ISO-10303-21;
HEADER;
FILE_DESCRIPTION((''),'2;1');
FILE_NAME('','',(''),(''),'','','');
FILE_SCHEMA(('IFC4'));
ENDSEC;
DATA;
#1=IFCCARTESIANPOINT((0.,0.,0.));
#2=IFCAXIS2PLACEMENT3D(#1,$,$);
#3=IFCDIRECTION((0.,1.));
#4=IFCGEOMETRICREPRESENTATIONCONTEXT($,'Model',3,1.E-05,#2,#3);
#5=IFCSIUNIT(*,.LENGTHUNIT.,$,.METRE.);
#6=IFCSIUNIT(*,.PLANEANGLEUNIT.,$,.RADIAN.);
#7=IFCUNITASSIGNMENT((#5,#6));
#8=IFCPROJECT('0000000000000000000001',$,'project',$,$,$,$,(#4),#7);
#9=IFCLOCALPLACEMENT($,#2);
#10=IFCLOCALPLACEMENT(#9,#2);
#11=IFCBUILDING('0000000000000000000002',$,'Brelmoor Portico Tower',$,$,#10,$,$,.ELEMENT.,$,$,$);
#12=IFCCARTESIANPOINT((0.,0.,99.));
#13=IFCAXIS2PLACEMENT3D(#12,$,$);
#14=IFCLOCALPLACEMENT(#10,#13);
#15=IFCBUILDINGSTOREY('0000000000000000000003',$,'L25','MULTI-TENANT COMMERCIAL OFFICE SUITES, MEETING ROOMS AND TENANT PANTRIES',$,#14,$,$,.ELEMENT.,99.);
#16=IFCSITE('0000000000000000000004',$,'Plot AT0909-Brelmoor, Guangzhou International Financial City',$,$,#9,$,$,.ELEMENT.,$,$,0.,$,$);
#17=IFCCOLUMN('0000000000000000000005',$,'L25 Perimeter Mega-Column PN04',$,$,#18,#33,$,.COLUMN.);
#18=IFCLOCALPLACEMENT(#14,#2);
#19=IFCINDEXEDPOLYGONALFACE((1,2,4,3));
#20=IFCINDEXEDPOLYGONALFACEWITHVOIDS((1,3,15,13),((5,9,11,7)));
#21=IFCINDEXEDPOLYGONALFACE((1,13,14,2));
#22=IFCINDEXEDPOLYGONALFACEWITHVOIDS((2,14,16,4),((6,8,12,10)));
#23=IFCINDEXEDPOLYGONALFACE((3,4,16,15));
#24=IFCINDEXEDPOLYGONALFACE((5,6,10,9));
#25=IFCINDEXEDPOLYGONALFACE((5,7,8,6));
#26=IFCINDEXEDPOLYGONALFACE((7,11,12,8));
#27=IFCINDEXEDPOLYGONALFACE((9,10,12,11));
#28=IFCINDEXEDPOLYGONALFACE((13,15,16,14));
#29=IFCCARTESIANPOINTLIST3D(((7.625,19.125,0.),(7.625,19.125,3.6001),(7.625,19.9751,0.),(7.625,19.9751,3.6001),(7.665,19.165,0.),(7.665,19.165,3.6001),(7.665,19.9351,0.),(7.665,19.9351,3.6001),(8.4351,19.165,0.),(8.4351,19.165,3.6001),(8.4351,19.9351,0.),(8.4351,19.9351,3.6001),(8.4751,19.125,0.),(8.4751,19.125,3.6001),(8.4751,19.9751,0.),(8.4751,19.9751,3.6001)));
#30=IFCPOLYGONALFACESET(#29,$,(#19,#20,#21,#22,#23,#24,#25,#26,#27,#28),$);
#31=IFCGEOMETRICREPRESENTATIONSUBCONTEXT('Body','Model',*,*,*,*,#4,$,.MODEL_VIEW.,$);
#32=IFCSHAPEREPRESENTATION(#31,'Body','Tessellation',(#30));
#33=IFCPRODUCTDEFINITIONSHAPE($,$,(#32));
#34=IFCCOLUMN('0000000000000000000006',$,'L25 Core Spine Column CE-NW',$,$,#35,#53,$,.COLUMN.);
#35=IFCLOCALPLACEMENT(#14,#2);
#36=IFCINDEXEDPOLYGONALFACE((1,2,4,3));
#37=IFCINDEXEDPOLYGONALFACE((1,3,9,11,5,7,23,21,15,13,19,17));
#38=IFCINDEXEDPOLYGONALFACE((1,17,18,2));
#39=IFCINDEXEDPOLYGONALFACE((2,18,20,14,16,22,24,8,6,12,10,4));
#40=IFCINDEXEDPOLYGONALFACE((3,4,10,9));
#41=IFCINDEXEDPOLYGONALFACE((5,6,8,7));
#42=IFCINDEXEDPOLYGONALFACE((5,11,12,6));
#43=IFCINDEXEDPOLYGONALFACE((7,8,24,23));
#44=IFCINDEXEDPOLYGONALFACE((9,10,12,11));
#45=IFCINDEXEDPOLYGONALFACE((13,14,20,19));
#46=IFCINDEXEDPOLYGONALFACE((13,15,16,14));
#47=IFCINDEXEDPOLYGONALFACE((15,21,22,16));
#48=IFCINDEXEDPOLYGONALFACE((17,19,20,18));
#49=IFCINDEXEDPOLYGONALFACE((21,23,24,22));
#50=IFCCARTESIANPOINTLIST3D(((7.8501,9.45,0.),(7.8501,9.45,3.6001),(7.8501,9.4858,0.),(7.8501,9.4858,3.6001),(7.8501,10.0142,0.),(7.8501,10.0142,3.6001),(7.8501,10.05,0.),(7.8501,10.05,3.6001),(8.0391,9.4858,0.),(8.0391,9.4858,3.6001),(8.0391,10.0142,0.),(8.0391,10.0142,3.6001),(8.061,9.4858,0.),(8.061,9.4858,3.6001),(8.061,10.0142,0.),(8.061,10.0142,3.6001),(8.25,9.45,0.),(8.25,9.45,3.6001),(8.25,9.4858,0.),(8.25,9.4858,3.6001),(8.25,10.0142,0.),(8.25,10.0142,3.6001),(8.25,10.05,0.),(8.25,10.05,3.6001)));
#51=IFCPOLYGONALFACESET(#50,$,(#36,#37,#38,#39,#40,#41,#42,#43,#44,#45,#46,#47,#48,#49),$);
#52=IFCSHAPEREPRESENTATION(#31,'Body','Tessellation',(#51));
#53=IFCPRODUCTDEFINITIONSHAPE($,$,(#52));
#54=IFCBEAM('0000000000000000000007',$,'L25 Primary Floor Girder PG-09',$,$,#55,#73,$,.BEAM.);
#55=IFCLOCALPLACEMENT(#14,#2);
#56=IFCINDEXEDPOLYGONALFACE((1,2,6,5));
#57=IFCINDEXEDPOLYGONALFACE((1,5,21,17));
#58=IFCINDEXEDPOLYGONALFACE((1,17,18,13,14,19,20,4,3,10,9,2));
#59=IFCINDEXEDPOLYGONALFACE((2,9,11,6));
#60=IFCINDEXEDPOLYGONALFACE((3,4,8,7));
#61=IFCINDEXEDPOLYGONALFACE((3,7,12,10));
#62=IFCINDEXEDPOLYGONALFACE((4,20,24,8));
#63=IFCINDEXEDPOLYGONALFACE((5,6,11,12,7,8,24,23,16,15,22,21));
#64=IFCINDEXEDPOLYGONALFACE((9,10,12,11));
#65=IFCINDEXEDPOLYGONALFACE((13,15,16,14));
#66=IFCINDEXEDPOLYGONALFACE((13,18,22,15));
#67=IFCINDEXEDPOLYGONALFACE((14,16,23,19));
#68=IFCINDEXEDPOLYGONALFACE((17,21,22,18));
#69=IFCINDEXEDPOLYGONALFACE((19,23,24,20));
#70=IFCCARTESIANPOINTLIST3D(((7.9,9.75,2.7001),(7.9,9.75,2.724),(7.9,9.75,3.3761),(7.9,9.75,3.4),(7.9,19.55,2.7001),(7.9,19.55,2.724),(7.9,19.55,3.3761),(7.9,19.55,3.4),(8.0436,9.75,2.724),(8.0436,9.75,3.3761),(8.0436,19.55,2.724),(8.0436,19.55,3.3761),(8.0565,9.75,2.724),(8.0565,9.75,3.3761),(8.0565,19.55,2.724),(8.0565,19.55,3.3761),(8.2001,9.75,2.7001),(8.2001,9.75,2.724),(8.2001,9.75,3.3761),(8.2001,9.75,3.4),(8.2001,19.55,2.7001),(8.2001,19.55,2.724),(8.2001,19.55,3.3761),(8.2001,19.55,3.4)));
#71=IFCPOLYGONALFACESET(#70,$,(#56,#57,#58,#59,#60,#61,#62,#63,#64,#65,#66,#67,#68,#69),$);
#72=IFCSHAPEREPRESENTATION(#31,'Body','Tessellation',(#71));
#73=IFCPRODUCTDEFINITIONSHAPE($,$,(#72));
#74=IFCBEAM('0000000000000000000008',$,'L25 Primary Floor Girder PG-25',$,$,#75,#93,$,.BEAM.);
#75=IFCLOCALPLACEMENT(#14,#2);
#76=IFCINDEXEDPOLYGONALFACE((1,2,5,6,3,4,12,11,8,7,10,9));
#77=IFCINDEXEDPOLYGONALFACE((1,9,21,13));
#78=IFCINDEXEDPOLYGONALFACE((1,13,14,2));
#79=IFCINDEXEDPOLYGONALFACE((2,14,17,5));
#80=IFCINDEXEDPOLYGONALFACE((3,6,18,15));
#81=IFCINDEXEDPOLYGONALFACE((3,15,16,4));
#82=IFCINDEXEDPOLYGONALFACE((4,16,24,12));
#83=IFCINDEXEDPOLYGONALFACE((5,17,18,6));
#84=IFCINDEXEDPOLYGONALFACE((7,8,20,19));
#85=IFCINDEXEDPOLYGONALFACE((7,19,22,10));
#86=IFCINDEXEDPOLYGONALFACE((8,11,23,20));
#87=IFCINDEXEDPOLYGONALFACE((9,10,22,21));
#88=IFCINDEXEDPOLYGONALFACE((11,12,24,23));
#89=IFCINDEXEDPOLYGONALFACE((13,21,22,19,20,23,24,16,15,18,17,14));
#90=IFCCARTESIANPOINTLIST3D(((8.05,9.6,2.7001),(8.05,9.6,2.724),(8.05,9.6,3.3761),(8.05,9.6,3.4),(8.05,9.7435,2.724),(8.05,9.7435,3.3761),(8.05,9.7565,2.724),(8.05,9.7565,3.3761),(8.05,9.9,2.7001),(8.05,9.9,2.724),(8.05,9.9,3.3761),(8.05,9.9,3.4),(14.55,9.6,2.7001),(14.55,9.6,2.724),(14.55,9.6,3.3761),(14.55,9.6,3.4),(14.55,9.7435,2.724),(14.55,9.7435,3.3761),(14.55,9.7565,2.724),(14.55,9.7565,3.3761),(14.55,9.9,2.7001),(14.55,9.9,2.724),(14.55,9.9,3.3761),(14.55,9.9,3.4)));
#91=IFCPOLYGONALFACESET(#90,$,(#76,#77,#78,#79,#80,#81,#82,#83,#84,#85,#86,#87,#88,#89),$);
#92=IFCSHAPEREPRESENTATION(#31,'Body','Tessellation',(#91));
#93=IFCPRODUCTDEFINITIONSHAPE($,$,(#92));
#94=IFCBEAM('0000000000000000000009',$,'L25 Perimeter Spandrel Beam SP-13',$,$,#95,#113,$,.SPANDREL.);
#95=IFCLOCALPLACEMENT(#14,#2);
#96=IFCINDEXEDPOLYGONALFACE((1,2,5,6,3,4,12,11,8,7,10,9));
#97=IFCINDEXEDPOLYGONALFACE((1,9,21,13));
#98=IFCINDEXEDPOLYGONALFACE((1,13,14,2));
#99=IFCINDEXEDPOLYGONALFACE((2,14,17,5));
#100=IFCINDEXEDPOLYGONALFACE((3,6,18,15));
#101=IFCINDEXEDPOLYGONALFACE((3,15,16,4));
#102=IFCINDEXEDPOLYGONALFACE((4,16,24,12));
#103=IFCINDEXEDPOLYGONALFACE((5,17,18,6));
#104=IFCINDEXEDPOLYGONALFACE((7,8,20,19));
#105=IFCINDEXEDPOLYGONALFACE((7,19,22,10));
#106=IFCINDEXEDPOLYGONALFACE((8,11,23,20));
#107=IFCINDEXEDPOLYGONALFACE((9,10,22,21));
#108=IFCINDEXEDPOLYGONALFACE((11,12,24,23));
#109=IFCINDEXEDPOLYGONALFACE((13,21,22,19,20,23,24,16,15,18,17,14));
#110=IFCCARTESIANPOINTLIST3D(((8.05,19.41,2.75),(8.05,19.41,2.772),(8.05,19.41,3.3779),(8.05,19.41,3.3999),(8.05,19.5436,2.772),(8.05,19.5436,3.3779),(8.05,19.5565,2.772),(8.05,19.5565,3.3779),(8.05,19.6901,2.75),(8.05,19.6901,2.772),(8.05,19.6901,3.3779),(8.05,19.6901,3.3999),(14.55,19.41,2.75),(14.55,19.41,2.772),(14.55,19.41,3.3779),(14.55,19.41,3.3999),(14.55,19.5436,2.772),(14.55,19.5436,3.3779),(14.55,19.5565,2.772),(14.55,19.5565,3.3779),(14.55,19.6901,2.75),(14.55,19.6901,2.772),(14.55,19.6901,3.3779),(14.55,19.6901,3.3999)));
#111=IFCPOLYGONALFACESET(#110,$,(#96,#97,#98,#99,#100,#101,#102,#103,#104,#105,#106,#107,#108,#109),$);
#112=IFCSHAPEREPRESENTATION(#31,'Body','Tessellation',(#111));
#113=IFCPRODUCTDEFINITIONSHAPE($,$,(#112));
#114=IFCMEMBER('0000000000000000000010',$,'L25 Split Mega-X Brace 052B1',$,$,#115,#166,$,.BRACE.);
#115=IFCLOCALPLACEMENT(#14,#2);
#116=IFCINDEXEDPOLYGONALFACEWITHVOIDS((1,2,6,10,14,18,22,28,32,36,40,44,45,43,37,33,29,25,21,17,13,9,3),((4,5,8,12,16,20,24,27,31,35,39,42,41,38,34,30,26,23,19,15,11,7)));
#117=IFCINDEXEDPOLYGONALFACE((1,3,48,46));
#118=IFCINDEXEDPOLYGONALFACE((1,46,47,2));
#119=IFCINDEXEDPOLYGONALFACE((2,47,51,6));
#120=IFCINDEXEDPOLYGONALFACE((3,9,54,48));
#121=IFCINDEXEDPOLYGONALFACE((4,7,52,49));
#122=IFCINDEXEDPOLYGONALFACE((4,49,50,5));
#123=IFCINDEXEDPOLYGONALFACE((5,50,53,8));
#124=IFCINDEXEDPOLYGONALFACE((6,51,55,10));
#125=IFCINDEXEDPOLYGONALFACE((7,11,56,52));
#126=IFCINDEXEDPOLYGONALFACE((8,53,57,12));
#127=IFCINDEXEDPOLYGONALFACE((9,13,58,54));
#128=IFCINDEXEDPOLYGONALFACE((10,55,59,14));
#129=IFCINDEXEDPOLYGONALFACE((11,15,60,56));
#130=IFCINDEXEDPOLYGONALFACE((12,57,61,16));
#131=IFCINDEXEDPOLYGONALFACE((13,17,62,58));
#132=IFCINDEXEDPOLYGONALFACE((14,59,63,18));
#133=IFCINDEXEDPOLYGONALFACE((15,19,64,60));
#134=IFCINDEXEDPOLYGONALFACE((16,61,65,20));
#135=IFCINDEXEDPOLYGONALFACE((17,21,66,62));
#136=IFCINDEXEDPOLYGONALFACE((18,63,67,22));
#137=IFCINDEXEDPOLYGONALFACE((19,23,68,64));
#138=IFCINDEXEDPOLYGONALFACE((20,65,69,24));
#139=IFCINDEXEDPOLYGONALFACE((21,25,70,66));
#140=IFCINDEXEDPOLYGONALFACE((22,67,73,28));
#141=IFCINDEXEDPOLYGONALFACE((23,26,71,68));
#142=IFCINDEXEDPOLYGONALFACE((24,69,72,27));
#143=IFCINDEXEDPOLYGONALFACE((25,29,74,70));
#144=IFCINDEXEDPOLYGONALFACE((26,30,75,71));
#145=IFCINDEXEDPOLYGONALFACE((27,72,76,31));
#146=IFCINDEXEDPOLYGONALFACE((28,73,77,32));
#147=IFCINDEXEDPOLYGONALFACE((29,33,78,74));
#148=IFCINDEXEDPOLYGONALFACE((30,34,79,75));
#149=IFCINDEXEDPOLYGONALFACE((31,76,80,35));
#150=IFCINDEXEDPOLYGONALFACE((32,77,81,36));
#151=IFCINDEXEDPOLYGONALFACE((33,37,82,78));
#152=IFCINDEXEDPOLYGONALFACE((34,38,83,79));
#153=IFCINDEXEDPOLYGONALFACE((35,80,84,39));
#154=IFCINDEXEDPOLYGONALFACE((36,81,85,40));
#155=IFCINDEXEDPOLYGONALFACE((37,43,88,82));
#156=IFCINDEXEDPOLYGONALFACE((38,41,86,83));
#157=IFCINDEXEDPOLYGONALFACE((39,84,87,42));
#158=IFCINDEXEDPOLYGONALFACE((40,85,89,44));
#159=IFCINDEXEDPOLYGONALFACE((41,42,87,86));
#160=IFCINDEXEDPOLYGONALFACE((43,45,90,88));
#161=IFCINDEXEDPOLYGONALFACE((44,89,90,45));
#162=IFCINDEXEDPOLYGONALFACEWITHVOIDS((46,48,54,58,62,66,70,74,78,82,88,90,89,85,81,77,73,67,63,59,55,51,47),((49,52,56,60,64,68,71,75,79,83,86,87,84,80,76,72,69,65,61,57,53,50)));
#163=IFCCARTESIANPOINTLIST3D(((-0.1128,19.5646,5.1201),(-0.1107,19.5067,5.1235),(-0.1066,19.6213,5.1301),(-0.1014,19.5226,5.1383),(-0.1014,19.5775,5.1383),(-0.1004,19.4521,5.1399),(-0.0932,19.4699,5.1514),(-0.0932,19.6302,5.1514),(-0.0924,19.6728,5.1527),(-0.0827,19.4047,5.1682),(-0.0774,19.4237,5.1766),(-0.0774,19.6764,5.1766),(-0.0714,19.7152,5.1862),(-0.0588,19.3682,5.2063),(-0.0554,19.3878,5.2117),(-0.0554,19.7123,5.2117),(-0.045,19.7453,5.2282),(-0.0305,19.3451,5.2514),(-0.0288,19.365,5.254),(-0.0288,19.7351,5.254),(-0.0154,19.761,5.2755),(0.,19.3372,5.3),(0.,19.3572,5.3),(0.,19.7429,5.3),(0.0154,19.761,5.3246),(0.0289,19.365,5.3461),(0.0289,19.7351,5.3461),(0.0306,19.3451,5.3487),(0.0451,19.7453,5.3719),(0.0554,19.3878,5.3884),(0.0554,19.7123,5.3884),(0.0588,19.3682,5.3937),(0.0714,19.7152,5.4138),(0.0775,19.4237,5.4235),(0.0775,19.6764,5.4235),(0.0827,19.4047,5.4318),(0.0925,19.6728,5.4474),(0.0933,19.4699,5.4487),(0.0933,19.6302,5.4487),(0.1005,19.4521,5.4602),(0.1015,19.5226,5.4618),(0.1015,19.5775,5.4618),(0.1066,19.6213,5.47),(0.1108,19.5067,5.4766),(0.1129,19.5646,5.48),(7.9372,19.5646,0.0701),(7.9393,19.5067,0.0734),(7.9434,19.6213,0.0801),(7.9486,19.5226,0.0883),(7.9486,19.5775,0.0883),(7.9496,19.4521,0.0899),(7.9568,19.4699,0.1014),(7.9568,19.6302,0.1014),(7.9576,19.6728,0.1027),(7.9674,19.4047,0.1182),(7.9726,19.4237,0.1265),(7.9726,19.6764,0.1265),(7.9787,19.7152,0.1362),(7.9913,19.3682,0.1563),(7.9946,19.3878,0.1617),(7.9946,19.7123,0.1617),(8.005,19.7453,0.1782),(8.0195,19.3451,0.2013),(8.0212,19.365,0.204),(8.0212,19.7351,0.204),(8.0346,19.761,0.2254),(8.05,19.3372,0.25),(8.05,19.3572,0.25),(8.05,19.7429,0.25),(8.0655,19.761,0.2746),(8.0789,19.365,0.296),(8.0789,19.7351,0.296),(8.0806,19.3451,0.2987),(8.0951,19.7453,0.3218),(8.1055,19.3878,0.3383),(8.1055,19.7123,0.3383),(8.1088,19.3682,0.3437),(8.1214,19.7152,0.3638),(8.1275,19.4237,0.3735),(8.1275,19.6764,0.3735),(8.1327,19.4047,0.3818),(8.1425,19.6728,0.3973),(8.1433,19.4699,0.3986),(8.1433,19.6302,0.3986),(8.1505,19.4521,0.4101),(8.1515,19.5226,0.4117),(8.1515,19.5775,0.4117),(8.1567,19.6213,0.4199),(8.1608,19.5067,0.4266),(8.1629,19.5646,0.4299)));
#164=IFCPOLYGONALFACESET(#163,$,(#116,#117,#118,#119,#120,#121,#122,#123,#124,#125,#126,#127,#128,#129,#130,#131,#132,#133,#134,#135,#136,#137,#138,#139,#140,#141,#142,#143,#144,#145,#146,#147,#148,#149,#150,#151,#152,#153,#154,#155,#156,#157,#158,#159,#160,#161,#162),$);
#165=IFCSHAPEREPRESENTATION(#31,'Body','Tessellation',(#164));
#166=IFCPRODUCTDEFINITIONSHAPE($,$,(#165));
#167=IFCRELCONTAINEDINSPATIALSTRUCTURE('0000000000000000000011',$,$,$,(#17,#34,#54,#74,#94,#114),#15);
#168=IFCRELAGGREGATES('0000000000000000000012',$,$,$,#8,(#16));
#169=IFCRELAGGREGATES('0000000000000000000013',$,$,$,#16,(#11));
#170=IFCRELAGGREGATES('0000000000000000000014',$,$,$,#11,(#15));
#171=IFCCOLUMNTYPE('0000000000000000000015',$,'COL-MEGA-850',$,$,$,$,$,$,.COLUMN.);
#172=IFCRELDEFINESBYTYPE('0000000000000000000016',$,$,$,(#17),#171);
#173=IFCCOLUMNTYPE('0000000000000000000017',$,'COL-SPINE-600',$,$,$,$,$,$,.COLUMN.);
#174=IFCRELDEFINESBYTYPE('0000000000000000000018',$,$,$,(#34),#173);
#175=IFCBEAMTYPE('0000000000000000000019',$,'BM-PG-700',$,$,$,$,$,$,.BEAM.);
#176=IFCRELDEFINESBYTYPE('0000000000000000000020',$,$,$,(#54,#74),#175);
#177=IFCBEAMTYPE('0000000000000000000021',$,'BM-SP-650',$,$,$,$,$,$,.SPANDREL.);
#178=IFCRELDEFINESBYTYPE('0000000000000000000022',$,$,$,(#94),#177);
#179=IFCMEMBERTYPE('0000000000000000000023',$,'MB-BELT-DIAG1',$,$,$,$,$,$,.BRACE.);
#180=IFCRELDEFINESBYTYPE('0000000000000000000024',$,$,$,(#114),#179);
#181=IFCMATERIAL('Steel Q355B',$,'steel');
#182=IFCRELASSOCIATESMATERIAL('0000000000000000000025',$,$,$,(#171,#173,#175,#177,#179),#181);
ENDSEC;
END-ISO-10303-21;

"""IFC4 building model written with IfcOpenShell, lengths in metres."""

from ifc_helpers import new_model, si_unit, direction, frame, origin, origin_2d, place, context, subcontext, project, spatial, hollow_rectangle, hollow_circle, i_section, extrude, material, material_profile, profile_set, type_object, element, save


model = new_model("IFC4")

# Units and contexts
model_context = context("Model", 3, precision=1e-05, world=origin(), true_north=direction((0.0, 1.0)))
body_context = subcontext(model_context, "Body", "Model", "MODEL_VIEW")
ifc_project = project(units=[si_unit("LENGTHUNIT", "METRE"), si_unit("PLANEANGLEUNIT", "RADIAN")], contexts=[model_context])

# Site, building, storey
site_placement = place(None, origin())
site = spatial("IfcSite", under=ifc_project, at=site_placement, Name="Plot AT0909-Brelmoor, Guangzhou International Financial City", CompositionType="ELEMENT", RefElevation=0.0)
building_placement = place(site_placement, origin())
building = spatial("IfcBuilding", under=site, at=building_placement, Name="Brelmoor Portico Tower", CompositionType="ELEMENT")
storey_placement = place(building_placement, frame((0.0, 0.0, 99.0)))
storey = spatial("IfcBuildingStorey", under=building, at=storey_placement, Name="L25", Description="MULTI-TENANT COMMERCIAL OFFICE SUITES, MEETING ROOMS AND TENANT PANTRIES", CompositionType="ELEMENT", Elevation=99.0)

# Columns
ifc_material_1 = material(Name="Steel Q355B", Category="steel")
ifc_material_profile_1 = material_profile(ifc_material_1, hollow_rectangle(XDim=0.8501, YDim=0.8501, WallThickness=0.04, at=origin_2d()), Name="BOX 850x850x40")
ifc_profile_set_1 = profile_set([ifc_material_profile_1], Name="Steel Q355B")
column_type_1 = type_object("IfcColumnType", Name="COL-MEGA-850", PredefinedType="COLUMN", material=ifc_profile_set_1)
column_1_placement = place(storey_placement, frame((8.05, 19.55, 0.0), z_axis=(0.0, 0.0, 1.0), x_axis=(1.0, 0.0, 0.0)))
element("IfcColumn", 1, at=column_1_placement, inside=storey, type_object=column_type_1, Name="L25 Perimeter Mega-Column PN04", PredefinedType="COLUMN", context=body_context, shape_type="SweptSolid", body=[
    extrude(hollow_rectangle(XDim=0.8501, YDim=0.8501, WallThickness=0.04, at=origin_2d()), origin(), (0.0, 0.0, 1.0), 3.6001),
])
ifc_material_profile_2 = material_profile(ifc_material_1, i_section(OverallWidth=0.3999, OverallDepth=0.6001, WebThickness=0.022, FlangeThickness=0.0359, at=origin_2d()), Name="HW 600x400x22x36")
ifc_profile_set_2 = profile_set([ifc_material_profile_2], Name="Steel Q355B")
column_type_2 = type_object("IfcColumnType", Name="COL-SPINE-600", PredefinedType="COLUMN", material=ifc_profile_set_2)
column_2_placement = place(storey_placement, frame((8.05, 9.75, 0.0), z_axis=(0.0, 0.0, 1.0), x_axis=(1.0, 0.0, 0.0)))
element("IfcColumn", 2, at=column_2_placement, inside=storey, type_object=column_type_2, Name="L25 Core Spine Column CE-NW", PredefinedType="COLUMN", context=body_context, shape_type="SweptSolid", body=[
    extrude(i_section(OverallWidth=0.3999, OverallDepth=0.6001, WebThickness=0.022, FlangeThickness=0.0359, at=origin_2d()), origin(), (0.0, 0.0, 1.0), 3.6001),
])

# Beams
ifc_material_profile_3 = material_profile(ifc_material_1, i_section(OverallWidth=0.3, OverallDepth=0.7, WebThickness=0.0129, FlangeThickness=0.0239, at=origin_2d()), Name="HN 700x300x13x24")
ifc_profile_set_3 = profile_set([ifc_material_profile_3], Name="Steel Q355B")
beam_type_1 = type_object("IfcBeamType", Name="BM-PG-700", PredefinedType="BEAM", material=ifc_profile_set_3)
beam_1_placement = place(storey_placement, frame((8.05, 9.75, 3.05), z_axis=(0.0, 1.0, 0.0), x_axis=(-1.0, 0.0, 0.0)))
element("IfcBeam", 3, at=beam_1_placement, inside=storey, type_object=beam_type_1, Name="L25 Primary Floor Girder PG-09", PredefinedType="BEAM", context=body_context, shape_type="SweptSolid", body=[
    extrude(i_section(OverallWidth=0.3, OverallDepth=0.7, WebThickness=0.0129, FlangeThickness=0.0239, at=origin_2d()), origin(), (0.0, 0.0, 1.0), 9.8),
])
beam_2_placement = place(storey_placement, frame((8.05, 9.75, 3.05), z_axis=(1.0, 0.0, 0.0), x_axis=(0.0, 1.0, 0.0)))
element("IfcBeam", 4, at=beam_2_placement, inside=storey, type_object=beam_type_1, Name="L25 Primary Floor Girder PG-25", PredefinedType="BEAM", context=body_context, shape_type="SweptSolid", body=[
    extrude(i_section(OverallWidth=0.3, OverallDepth=0.7, WebThickness=0.0129, FlangeThickness=0.0239, at=origin_2d()), origin(), (0.0, 0.0, 1.0), 6.5),
])
ifc_material_profile_4 = material_profile(ifc_material_1, i_section(OverallWidth=0.28, OverallDepth=0.6499, WebThickness=0.0129, FlangeThickness=0.022, at=origin_2d()), Name="HN 650x280x13x22")
ifc_profile_set_4 = profile_set([ifc_material_profile_4], Name="Steel Q355B")
beam_type_2 = type_object("IfcBeamType", Name="BM-SP-650", PredefinedType="SPANDREL", material=ifc_profile_set_4)
beam_3_placement = place(storey_placement, frame((8.05, 19.55, 3.075), z_axis=(1.0, 0.0, 0.0), x_axis=(0.0, 1.0, 0.0)))
element("IfcBeam", 5, at=beam_3_placement, inside=storey, type_object=beam_type_2, Name="L25 Perimeter Spandrel Beam SP-13", PredefinedType="SPANDREL", context=body_context, shape_type="SweptSolid", body=[
    extrude(i_section(OverallWidth=0.28, OverallDepth=0.6499, WebThickness=0.0129, FlangeThickness=0.022, at=origin_2d()), origin(), (0.0, 0.0, 1.0), 6.5),
])

# Member
ifc_material_profile_5 = material_profile(ifc_material_1, hollow_circle(Radius=0.2129, WallThickness=0.02, at=origin_2d()), Name="CHS 426x20")
ifc_profile_set_5 = profile_set([ifc_material_profile_5], Name="Steel Q355B")
member_type_1 = type_object("IfcMemberType", Name="MB-BELT-DIAG1", PredefinedType="BRACE", material=ifc_profile_set_5)
for number, where, z_axis, x_axis, name in (
    (6, (8.05, 19.55, 0.25), (-0.847109, 0.0, 0.531418), (0.0, -1.0, 0.0), "L25 Split Mega-X Brace 052B1"),
):
    element("IfcMember", number, at=place(storey_placement, frame(where, z_axis=z_axis, x_axis=x_axis)), inside=storey, type_object=member_type_1, Name=name, PredefinedType="BRACE", context=body_context, shape_type="SweptSolid", body=[
        extrude(hollow_circle(Radius=0.2129, WallThickness=0.02, at=origin_2d()), origin(), (0.0, 0.0, 1.0), 9.5029),
    ])

save(model, "model.ifc")
